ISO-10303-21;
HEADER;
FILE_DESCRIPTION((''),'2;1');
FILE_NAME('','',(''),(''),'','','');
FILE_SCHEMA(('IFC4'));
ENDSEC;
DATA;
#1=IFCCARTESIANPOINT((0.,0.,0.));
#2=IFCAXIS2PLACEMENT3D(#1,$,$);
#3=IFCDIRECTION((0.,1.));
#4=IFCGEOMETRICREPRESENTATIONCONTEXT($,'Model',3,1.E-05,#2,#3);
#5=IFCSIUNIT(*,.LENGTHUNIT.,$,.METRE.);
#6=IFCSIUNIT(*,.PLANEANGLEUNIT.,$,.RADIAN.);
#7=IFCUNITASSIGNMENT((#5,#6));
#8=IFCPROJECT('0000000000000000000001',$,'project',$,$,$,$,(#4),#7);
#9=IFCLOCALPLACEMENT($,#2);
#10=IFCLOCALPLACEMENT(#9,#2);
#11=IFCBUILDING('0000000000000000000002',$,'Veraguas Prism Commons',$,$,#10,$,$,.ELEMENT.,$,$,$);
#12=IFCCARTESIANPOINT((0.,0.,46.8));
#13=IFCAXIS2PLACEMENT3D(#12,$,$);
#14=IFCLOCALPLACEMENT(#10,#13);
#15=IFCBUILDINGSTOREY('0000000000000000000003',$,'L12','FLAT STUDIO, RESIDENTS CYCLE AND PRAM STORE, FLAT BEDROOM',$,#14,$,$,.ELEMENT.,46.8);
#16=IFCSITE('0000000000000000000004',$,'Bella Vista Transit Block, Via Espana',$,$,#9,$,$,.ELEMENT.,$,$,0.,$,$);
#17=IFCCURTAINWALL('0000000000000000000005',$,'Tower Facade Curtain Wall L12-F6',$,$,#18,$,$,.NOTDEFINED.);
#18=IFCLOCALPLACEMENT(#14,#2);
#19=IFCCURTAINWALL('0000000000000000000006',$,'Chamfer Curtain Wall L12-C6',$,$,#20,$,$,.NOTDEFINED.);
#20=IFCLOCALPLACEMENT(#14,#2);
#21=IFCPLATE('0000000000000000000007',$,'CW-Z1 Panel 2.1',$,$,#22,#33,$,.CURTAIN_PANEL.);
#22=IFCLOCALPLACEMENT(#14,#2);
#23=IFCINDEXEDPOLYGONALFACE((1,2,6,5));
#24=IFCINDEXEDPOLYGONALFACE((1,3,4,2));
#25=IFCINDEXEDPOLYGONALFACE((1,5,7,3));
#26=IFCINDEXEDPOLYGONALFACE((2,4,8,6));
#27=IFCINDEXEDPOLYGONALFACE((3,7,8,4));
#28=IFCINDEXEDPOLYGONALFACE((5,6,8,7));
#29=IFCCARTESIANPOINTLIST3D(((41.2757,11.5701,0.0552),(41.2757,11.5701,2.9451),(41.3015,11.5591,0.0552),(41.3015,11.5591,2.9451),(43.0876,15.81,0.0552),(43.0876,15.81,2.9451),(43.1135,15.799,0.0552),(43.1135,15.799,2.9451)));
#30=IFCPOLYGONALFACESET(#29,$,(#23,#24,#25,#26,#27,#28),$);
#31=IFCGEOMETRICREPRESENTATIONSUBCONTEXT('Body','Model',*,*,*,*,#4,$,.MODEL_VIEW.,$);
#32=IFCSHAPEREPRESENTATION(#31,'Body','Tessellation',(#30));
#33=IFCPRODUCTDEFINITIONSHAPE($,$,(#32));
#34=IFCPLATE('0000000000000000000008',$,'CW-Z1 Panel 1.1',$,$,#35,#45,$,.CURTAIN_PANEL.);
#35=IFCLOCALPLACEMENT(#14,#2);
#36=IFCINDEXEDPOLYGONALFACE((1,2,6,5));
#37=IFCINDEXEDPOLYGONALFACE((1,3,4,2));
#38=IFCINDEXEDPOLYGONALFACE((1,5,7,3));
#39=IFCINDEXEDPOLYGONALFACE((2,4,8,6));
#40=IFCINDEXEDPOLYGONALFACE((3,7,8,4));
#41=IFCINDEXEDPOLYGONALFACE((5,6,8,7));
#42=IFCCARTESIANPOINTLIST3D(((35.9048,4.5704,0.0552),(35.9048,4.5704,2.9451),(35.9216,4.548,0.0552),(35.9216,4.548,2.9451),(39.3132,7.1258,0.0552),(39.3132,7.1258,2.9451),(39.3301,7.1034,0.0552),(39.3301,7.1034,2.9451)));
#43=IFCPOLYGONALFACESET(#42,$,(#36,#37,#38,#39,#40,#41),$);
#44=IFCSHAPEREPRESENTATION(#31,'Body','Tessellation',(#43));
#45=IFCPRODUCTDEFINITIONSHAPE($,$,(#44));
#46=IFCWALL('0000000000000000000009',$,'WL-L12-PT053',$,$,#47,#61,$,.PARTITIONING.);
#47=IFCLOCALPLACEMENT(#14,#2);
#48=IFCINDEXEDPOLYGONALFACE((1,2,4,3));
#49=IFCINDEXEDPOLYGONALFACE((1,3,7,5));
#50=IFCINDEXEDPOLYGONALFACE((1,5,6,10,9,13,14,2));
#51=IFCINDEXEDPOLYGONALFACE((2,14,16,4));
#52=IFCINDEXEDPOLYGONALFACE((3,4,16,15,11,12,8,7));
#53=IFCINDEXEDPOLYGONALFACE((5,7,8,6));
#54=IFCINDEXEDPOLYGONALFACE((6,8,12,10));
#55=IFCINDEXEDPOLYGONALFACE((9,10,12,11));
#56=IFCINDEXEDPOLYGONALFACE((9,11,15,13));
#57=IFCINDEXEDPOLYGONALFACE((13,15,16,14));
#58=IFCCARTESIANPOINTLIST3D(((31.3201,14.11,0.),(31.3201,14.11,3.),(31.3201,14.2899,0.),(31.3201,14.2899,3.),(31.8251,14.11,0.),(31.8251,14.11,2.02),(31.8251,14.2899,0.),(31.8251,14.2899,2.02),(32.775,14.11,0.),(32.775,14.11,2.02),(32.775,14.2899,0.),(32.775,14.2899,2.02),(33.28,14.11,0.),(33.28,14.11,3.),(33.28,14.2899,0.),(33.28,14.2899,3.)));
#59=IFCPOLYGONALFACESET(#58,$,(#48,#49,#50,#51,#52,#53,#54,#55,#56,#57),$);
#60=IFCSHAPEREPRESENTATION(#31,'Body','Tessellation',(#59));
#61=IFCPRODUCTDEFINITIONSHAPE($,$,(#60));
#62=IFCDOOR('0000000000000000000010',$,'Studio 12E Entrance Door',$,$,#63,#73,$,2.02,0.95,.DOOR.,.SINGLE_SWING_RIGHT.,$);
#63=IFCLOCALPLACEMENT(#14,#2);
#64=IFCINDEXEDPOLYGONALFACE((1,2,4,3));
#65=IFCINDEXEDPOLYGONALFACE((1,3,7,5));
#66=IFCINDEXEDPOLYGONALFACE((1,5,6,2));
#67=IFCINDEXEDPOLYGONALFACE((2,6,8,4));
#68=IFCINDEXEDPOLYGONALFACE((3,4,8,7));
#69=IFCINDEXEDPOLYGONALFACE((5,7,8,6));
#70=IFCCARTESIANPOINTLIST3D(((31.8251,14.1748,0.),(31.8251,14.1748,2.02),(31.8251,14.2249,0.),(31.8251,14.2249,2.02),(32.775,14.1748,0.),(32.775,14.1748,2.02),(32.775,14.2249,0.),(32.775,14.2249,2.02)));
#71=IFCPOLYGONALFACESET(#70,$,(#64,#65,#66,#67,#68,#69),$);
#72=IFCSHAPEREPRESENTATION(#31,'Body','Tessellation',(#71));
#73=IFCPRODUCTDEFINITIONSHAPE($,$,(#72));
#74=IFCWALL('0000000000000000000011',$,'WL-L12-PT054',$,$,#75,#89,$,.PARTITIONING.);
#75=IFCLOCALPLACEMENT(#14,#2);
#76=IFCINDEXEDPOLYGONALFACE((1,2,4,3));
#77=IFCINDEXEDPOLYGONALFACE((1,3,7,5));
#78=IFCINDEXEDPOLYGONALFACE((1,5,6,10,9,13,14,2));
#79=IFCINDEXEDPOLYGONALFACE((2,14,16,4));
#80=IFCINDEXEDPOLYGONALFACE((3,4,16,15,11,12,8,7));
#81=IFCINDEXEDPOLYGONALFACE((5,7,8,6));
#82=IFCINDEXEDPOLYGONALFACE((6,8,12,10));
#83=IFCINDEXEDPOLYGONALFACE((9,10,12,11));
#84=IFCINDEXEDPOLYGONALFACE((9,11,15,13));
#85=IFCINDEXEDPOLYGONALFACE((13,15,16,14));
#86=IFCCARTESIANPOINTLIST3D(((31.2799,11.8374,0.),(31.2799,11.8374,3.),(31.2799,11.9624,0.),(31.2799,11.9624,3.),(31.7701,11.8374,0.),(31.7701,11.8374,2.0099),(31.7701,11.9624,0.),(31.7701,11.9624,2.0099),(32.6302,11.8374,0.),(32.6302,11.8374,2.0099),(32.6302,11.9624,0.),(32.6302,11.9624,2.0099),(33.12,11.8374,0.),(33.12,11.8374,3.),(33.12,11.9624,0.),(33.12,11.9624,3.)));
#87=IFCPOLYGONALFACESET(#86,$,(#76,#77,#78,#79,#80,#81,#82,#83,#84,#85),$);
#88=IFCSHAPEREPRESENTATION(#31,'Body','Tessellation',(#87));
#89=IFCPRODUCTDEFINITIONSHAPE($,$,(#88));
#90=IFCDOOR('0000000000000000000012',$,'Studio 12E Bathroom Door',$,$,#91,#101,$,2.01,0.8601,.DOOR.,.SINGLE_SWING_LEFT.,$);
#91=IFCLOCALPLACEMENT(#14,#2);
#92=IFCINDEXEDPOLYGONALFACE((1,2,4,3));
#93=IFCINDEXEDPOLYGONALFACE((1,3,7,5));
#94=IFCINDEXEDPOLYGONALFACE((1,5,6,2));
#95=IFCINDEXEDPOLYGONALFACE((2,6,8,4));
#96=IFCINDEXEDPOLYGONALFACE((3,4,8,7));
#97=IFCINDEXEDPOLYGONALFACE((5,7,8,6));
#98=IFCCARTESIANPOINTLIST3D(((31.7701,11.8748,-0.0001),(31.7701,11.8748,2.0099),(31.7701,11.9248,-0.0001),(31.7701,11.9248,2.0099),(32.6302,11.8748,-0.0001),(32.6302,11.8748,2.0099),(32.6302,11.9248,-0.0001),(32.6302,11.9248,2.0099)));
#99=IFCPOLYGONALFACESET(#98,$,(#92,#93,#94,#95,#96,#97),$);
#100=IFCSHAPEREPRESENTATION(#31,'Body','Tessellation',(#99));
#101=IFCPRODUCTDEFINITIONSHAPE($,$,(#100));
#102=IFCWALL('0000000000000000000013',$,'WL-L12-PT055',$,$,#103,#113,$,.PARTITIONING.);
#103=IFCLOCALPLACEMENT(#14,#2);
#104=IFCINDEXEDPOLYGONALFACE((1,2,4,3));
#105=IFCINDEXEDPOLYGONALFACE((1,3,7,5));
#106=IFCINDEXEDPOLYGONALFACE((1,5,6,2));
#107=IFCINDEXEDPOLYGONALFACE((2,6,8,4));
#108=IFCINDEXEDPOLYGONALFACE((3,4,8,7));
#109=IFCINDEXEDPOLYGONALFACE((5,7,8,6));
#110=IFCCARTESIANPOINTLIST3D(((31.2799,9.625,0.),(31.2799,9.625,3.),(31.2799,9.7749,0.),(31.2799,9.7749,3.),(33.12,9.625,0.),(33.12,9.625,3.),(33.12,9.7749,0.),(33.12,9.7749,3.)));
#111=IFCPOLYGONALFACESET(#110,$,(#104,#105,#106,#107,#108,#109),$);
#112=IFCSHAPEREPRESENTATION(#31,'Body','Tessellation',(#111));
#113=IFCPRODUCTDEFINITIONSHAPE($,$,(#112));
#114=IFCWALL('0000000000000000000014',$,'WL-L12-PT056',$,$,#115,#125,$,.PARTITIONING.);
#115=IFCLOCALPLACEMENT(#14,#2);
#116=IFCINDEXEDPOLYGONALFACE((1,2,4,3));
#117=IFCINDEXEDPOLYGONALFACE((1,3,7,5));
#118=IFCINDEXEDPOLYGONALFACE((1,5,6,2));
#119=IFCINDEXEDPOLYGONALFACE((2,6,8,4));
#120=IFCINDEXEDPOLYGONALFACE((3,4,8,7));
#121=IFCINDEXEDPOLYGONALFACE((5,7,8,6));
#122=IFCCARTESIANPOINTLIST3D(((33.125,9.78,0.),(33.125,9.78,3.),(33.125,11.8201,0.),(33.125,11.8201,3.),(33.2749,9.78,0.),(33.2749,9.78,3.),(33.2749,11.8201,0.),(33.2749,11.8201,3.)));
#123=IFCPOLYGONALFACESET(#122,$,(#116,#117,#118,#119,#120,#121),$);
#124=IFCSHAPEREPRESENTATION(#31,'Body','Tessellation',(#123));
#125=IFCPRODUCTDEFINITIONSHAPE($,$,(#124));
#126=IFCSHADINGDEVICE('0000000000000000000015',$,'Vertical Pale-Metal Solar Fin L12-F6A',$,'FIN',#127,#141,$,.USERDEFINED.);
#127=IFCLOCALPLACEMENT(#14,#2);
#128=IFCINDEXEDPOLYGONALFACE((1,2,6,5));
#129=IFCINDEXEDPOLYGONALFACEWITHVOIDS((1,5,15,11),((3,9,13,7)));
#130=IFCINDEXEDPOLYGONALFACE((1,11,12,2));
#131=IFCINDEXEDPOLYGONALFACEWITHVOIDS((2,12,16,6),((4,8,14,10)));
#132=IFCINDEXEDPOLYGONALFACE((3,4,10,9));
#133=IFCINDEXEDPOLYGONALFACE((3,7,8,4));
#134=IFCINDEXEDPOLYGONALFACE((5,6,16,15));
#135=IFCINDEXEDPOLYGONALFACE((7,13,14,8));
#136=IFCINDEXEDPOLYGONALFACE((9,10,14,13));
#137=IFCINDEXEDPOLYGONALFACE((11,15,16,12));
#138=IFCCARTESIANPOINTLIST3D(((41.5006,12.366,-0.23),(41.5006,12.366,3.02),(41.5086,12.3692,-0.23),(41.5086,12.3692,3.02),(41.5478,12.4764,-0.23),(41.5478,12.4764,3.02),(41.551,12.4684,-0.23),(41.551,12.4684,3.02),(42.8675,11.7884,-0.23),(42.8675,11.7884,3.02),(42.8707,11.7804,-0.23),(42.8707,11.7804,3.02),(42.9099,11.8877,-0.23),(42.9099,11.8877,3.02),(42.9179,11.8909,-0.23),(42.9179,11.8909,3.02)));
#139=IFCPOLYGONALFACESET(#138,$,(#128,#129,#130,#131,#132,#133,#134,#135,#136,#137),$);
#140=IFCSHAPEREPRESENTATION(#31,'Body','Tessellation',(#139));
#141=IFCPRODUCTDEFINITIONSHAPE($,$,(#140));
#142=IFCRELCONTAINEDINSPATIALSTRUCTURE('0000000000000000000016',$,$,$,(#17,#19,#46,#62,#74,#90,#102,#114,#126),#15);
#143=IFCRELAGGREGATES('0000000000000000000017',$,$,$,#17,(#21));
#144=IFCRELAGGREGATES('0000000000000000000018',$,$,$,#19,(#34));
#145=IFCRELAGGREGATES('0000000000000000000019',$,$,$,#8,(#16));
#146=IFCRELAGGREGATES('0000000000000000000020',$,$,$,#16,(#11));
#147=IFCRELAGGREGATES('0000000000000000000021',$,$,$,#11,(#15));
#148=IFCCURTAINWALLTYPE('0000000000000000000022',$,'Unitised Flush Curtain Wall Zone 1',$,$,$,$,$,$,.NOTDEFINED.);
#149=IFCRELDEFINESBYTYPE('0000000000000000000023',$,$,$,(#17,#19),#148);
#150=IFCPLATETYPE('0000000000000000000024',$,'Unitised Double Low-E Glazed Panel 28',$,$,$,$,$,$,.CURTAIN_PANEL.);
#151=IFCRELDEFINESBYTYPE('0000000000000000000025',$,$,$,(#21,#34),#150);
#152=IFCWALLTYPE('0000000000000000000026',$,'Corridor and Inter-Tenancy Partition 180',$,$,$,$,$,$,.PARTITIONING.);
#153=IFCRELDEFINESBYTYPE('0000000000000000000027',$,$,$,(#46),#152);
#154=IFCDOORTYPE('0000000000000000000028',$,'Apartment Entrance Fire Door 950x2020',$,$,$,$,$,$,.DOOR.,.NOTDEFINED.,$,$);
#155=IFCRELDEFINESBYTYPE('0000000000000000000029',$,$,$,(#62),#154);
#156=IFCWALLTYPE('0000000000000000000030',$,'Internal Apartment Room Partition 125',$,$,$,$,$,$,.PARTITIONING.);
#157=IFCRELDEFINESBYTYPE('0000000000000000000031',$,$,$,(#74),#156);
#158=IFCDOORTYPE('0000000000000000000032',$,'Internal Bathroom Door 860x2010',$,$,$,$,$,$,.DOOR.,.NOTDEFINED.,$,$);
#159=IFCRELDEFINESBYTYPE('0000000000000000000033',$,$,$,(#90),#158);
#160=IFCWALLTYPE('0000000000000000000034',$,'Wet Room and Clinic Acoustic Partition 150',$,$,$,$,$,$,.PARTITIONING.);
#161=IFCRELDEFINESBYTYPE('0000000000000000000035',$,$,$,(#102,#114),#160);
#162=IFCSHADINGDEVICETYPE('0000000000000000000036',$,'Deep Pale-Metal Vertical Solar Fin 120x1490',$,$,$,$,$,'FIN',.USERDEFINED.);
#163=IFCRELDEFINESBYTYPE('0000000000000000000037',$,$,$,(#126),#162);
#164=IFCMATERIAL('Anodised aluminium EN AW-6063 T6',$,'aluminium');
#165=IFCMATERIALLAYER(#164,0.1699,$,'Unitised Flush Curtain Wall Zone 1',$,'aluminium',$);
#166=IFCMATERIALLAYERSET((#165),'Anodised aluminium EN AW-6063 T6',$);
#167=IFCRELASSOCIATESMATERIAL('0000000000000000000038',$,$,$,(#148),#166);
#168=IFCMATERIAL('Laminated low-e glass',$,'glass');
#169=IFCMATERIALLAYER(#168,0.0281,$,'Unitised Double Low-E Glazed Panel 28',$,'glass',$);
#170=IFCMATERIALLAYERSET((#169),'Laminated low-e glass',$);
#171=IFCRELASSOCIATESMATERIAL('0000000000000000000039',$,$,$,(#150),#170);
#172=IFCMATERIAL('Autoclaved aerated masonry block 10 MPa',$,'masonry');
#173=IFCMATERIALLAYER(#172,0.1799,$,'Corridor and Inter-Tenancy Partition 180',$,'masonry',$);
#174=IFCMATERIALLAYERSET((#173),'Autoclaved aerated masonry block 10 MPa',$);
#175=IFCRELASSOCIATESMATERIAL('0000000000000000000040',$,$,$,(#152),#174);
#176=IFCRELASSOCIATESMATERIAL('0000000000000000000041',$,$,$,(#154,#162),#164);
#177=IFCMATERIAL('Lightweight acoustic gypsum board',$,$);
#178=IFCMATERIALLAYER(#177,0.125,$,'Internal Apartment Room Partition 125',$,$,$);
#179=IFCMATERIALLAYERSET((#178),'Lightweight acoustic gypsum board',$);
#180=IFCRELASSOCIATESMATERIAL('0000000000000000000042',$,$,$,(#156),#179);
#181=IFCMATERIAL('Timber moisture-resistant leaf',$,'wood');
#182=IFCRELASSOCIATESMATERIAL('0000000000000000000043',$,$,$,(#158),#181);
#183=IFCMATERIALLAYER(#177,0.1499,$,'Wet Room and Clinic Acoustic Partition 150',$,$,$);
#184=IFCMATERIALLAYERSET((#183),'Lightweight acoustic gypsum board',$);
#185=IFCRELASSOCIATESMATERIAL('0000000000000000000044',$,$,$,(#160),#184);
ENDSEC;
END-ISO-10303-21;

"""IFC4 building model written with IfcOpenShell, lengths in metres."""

from ifc_helpers import new_model, si_unit, direction, frame, frame_2d, origin, origin_2d, place, context, subcontext, project, spatial, rectangle, hollow_rectangle, extrude, source, transform, mapped, material, layer, layer_set, material_profile, profile_set, type_object, element, fill, aggregate, save


model = new_model("IFC4")

# Units and contexts
model_context = context("Model", 3, precision=1e-05, world=origin(), true_north=direction((0.0, 1.0)))
body_context = subcontext(model_context, "Body", "Model", "MODEL_VIEW")
ifc_project = project(units=[si_unit("LENGTHUNIT", "METRE"), si_unit("PLANEANGLEUNIT", "RADIAN")], contexts=[model_context])

# Site, building, storey
site_placement = place(None, origin())
site = spatial("IfcSite", under=ifc_project, at=site_placement, Name="Bella Vista Transit Block, Via Espana", CompositionType="ELEMENT", RefElevation=0.0)
building_placement = place(site_placement, origin())
building = spatial("IfcBuilding", under=site, at=building_placement, Name="Veraguas Prism Commons", CompositionType="ELEMENT")
storey_placement = place(building_placement, frame((0.0, 0.0, 46.8)))
storey = spatial("IfcBuildingStorey", under=building, at=storey_placement, Name="L12", Description="FLAT STUDIO, RESIDENTS CYCLE AND PRAM STORE, FLAT BEDROOM", CompositionType="ELEMENT", Elevation=46.8)

# Curtain wall
ifc_material_1 = material(Name="Anodised aluminium EN AW-6063 T6", Category="aluminium")
ifc_layer_1 = layer(ifc_material_1, 0.1699, Name="Unitised Flush Curtain Wall Zone 1", Category="aluminium")
ifc_layer_set_1 = layer_set([ifc_layer_1], Name="Anodised aluminium EN AW-6063 T6")
curtain_wall_type = type_object("IfcCurtainWallType", Name="Unitised Flush Curtain Wall Zone 1", PredefinedType="NOTDEFINED", material=ifc_layer_set_1)
curtain_wall_1_placement = place(storey_placement, origin())
curtain_wall_1 = element("IfcCurtainWall", 1, at=curtain_wall_1_placement, inside=storey, type_object=curtain_wall_type, Name="Tower Facade Curtain Wall L12-F6", PredefinedType="NOTDEFINED")

# Curtain wall
curtain_wall_2_placement = place(storey_placement, origin())
curtain_wall_2 = element("IfcCurtainWall", 2, at=curtain_wall_2_placement, inside=storey, type_object=curtain_wall_type, Name="Chamfer Curtain Wall L12-C6", PredefinedType="NOTDEFINED")

# Plates
ifc_material_2 = material(Name="Laminated low-e glass", Category="glass")
ifc_layer_2 = layer(ifc_material_2, 0.0281, Name="Unitised Double Low-E Glazed Panel 28", Category="glass")
ifc_layer_set_2 = layer_set([ifc_layer_2], Name="Laminated low-e glass")
plate_type = type_object("IfcPlateType", Name="Unitised Double Low-E Glazed Panel 28", PredefinedType="CURTAIN_PANEL", material=ifc_layer_set_2)
shared_shape_1 = source(origin(), body_context, "Body", "SweptSolid", [
    extrude(rectangle(XDim=4.6108, YDim=0.0281, at=origin_2d()), origin(), (0.0, 0.0, 1.0), 2.8899),
])
plate_1_placement = place(storey_placement, frame((42.1946, 13.6846, 0.0552), z_axis=(0.0, 0.0, 1.0), x_axis=(0.392978, 0.919548, 0.0)))
plate_1 = element("IfcPlate", 3, at=plate_1_placement, type_object=plate_type, Name="CW-Z1 Panel 2.1", PredefinedType="CURTAIN_PANEL", context=body_context, shape_type="MappedRepresentation", body=[
    mapped(shared_shape_1, transform((0.0, 0.0, 0.0), scale=1.0)),
])
aggregate(curtain_wall_1, [plate_1])
shared_shape_2 = source(origin(), body_context, "Body", "SweptSolid", [
    extrude(rectangle(XDim=4.26, YDim=0.0281, at=origin_2d()), origin(), (0.0, 0.0, 1.0), 2.8899),
])
plate_2_placement = place(storey_placement, frame((37.6174, 5.8369, 0.0552), z_axis=(0.0, 0.0, 1.0), x_axis=(0.800107, 0.599858, 0.0)))
plate_2 = element("IfcPlate", 4, at=plate_2_placement, type_object=plate_type, Name="CW-Z1 Panel 1.1", PredefinedType="CURTAIN_PANEL", context=body_context, shape_type="MappedRepresentation", body=[
    mapped(shared_shape_2, transform((0.0, 0.0, 0.0), scale=1.0)),
])
aggregate(curtain_wall_2, [plate_2])

# Walls, openings, doors
ifc_material_3 = material(Name="Autoclaved aerated masonry block 10 MPa", Category="masonry")
ifc_layer_3 = layer(ifc_material_3, 0.1799, Name="Corridor and Inter-Tenancy Partition 180", Category="masonry")
ifc_layer_set_3 = layer_set([ifc_layer_3], Name="Autoclaved aerated masonry block 10 MPa")
wall_type_1 = type_object("IfcWallType", Name="Corridor and Inter-Tenancy Partition 180", PredefinedType="PARTITIONING", material=ifc_layer_set_3)
wall_1_placement = place(storey_placement, frame((31.3201, 14.2, 0.0), z_axis=(0.0, 0.0, 1.0), x_axis=(1.0, 0.0, 0.0)))
wall_1 = element("IfcWall", 5, at=wall_1_placement, inside=storey, type_object=wall_type_1, Name="WL-L12-PT053", PredefinedType="PARTITIONING", context=body_context, shape_type="SweptSolid", body=[
    extrude(rectangle(XDim=1.96, YDim=0.1799, at=frame_2d((0.98, 0.0))), origin(), (0.0, 0.0, 1.0), 3.0),
])
opening_1_placement = place(wall_1_placement, frame((0.5049, 0.0, 0.0)))
opening_1 = element("IfcOpeningElement", 6, at=opening_1_placement, cuts=wall_1, PredefinedType="OPENING", context=body_context, shape_type="SweptSolid", body=[
    extrude(rectangle(XDim=0.95, YDim=2.02, at=frame_2d((0.4751, 1.01))), frame((0.0, 0.0999, 0.0), z_axis=(0.0, -1.0, 0.0), x_axis=(1.0, 0.0, 0.0)), (0.0, 0.0, 1.0), 0.2),
])
door_type_1 = type_object("IfcDoorType", Name="Apartment Entrance Fire Door 950x2020", OperationType="NOTDEFINED", PredefinedType="DOOR", material=ifc_material_1)
shared_shape_3 = source(origin(), body_context, "Body", "SweptSolid", [
    extrude(rectangle(XDim=0.95, YDim=2.02, at=frame_2d((0.4751, 1.01))), frame((0.0, 0.0249, 0.0), z_axis=(0.0, -1.0, 0.0), x_axis=(1.0, 0.0, 0.0)), (0.0, 0.0, 1.0), 0.05),
])
door_1_placement = place(opening_1_placement, origin())
door_1 = element("IfcDoor", 7, at=door_1_placement, inside=storey, type_object=door_type_1, Name="Studio 12E Entrance Door", OperationType="SINGLE_SWING_RIGHT", OverallHeight=2.02, OverallWidth=0.95, PredefinedType="DOOR", context=body_context, shape_type="MappedRepresentation", body=[
    mapped(shared_shape_3, transform((0.0, 0.0, 0.0), scale=1.0)),
])
fill(opening_1, door_1)
ifc_material_4 = material(Name="Lightweight acoustic gypsum board")
ifc_layer_4 = layer(ifc_material_4, 0.125, Name="Internal Apartment Room Partition 125")
ifc_layer_set_4 = layer_set([ifc_layer_4], Name="Lightweight acoustic gypsum board")
wall_type_2 = type_object("IfcWallType", Name="Internal Apartment Room Partition 125", PredefinedType="PARTITIONING", material=ifc_layer_set_4)
wall_2_placement = place(storey_placement, frame((31.28, 11.8999, 0.0), z_axis=(0.0, 0.0, 1.0), x_axis=(1.0, 0.0, 0.0)))
wall_2 = element("IfcWall", 8, at=wall_2_placement, inside=storey, type_object=wall_type_2, Name="WL-L12-PT054", PredefinedType="PARTITIONING", context=body_context, shape_type="SweptSolid", body=[
    extrude(rectangle(XDim=1.8401, YDim=0.125, at=frame_2d((0.9199, 0.0))), origin(), (0.0, 0.0, 1.0), 3.0),
])
opening_2_placement = place(wall_2_placement, frame((0.49, 0.0, 0.0)))
opening_2 = element("IfcOpeningElement", 9, at=opening_2_placement, cuts=wall_2, PredefinedType="OPENING", context=body_context, shape_type="SweptSolid", body=[
    extrude(rectangle(XDim=0.8601, YDim=2.01, at=frame_2d((0.4302, 1.0049))), frame((0.0, 0.0725, 0.0), z_axis=(0.0, -1.0, 0.0), x_axis=(1.0, 0.0, 0.0)), (0.0, 0.0, 1.0), 0.145),
])
ifc_material_5 = material(Name="Timber moisture-resistant leaf", Category="wood")
door_type_2 = type_object("IfcDoorType", Name="Internal Bathroom Door 860x2010", OperationType="NOTDEFINED", PredefinedType="DOOR", material=ifc_material_5)
shared_shape_4 = source(origin(), body_context, "Body", "SweptSolid", [
    extrude(rectangle(XDim=0.8601, YDim=2.01, at=frame_2d((0.4302, 1.0049))), frame((0.0, 0.0249, 0.0), z_axis=(0.0, -1.0, 0.0), x_axis=(1.0, 0.0, 0.0)), (0.0, 0.0, 1.0), 0.05),
])
door_2_placement = place(opening_2_placement, origin())
door_2 = element("IfcDoor", 10, at=door_2_placement, inside=storey, type_object=door_type_2, Name="Studio 12E Bathroom Door", OperationType="SINGLE_SWING_LEFT", OverallHeight=2.01, OverallWidth=0.8601, PredefinedType="DOOR", context=body_context, shape_type="MappedRepresentation", body=[
    mapped(shared_shape_4, transform((0.0, 0.0, 0.0), scale=1.0)),
])
fill(opening_2, door_2)

# Walls
ifc_layer_5 = layer(ifc_material_4, 0.1499, Name="Wet Room and Clinic Acoustic Partition 150")
ifc_layer_set_5 = layer_set([ifc_layer_5], Name="Lightweight acoustic gypsum board")
wall_type_3 = type_object("IfcWallType", Name="Wet Room and Clinic Acoustic Partition 150", PredefinedType="PARTITIONING", material=ifc_layer_set_5)
wall_3_placement = place(storey_placement, frame((31.28, 9.7, 0.0), z_axis=(0.0, 0.0, 1.0), x_axis=(1.0, 0.0, 0.0)))
element("IfcWall", 11, at=wall_3_placement, inside=storey, type_object=wall_type_3, Name="WL-L12-PT055", PredefinedType="PARTITIONING", context=body_context, shape_type="SweptSolid", body=[
    extrude(rectangle(XDim=1.8401, YDim=0.1499, at=frame_2d((0.9199, 0.0))), origin(), (0.0, 0.0, 1.0), 3.0),
])
wall_4_placement = place(storey_placement, frame((33.2, 9.78, 0.0), z_axis=(0.0, 0.0, 1.0), x_axis=(0.0, 1.0, 0.0)))
element("IfcWall", 12, at=wall_4_placement, inside=storey, type_object=wall_type_3, Name="WL-L12-PT056", PredefinedType="PARTITIONING", context=body_context, shape_type="SweptSolid", body=[
    extrude(rectangle(XDim=2.04, YDim=0.1499, at=frame_2d((1.02, 0.0))), origin(), (0.0, 0.0, 1.0), 3.0),
])

# Shading device
ifc_material_profile_1 = material_profile(ifc_material_1, hollow_rectangle(XDim=0.1201, YDim=1.49, WallThickness=0.0061, at=origin_2d()), Name="FIN120X1490X6")
ifc_profile_set_1 = profile_set([ifc_material_profile_1], Name="Anodised aluminium EN AW-6063 T6")
shading_device_type = type_object("IfcShadingDeviceType", Name="Deep Pale-Metal Vertical Solar Fin 120x1490", ElementType="FIN", PredefinedType="USERDEFINED", material=ifc_profile_set_1)
shading_device_placement = place(storey_placement, frame((42.2092, 12.1284, -0.23), z_axis=(0.0, 0.0, 1.0), x_axis=(0.392979, 0.919547, 0.0)))
element("IfcShadingDevice", 13, at=shading_device_placement, inside=storey, type_object=shading_device_type, Name="Vertical Pale-Metal Solar Fin L12-F6A", ObjectType="FIN", PredefinedType="USERDEFINED", context=body_context, shape_type="SweptSolid", body=[
    extrude(hollow_rectangle(XDim=0.1201, YDim=1.49, WallThickness=0.0061, at=origin_2d()), origin(), (0.0, 0.0, 1.0), 3.25),
])

save(model, "model.ifc")
